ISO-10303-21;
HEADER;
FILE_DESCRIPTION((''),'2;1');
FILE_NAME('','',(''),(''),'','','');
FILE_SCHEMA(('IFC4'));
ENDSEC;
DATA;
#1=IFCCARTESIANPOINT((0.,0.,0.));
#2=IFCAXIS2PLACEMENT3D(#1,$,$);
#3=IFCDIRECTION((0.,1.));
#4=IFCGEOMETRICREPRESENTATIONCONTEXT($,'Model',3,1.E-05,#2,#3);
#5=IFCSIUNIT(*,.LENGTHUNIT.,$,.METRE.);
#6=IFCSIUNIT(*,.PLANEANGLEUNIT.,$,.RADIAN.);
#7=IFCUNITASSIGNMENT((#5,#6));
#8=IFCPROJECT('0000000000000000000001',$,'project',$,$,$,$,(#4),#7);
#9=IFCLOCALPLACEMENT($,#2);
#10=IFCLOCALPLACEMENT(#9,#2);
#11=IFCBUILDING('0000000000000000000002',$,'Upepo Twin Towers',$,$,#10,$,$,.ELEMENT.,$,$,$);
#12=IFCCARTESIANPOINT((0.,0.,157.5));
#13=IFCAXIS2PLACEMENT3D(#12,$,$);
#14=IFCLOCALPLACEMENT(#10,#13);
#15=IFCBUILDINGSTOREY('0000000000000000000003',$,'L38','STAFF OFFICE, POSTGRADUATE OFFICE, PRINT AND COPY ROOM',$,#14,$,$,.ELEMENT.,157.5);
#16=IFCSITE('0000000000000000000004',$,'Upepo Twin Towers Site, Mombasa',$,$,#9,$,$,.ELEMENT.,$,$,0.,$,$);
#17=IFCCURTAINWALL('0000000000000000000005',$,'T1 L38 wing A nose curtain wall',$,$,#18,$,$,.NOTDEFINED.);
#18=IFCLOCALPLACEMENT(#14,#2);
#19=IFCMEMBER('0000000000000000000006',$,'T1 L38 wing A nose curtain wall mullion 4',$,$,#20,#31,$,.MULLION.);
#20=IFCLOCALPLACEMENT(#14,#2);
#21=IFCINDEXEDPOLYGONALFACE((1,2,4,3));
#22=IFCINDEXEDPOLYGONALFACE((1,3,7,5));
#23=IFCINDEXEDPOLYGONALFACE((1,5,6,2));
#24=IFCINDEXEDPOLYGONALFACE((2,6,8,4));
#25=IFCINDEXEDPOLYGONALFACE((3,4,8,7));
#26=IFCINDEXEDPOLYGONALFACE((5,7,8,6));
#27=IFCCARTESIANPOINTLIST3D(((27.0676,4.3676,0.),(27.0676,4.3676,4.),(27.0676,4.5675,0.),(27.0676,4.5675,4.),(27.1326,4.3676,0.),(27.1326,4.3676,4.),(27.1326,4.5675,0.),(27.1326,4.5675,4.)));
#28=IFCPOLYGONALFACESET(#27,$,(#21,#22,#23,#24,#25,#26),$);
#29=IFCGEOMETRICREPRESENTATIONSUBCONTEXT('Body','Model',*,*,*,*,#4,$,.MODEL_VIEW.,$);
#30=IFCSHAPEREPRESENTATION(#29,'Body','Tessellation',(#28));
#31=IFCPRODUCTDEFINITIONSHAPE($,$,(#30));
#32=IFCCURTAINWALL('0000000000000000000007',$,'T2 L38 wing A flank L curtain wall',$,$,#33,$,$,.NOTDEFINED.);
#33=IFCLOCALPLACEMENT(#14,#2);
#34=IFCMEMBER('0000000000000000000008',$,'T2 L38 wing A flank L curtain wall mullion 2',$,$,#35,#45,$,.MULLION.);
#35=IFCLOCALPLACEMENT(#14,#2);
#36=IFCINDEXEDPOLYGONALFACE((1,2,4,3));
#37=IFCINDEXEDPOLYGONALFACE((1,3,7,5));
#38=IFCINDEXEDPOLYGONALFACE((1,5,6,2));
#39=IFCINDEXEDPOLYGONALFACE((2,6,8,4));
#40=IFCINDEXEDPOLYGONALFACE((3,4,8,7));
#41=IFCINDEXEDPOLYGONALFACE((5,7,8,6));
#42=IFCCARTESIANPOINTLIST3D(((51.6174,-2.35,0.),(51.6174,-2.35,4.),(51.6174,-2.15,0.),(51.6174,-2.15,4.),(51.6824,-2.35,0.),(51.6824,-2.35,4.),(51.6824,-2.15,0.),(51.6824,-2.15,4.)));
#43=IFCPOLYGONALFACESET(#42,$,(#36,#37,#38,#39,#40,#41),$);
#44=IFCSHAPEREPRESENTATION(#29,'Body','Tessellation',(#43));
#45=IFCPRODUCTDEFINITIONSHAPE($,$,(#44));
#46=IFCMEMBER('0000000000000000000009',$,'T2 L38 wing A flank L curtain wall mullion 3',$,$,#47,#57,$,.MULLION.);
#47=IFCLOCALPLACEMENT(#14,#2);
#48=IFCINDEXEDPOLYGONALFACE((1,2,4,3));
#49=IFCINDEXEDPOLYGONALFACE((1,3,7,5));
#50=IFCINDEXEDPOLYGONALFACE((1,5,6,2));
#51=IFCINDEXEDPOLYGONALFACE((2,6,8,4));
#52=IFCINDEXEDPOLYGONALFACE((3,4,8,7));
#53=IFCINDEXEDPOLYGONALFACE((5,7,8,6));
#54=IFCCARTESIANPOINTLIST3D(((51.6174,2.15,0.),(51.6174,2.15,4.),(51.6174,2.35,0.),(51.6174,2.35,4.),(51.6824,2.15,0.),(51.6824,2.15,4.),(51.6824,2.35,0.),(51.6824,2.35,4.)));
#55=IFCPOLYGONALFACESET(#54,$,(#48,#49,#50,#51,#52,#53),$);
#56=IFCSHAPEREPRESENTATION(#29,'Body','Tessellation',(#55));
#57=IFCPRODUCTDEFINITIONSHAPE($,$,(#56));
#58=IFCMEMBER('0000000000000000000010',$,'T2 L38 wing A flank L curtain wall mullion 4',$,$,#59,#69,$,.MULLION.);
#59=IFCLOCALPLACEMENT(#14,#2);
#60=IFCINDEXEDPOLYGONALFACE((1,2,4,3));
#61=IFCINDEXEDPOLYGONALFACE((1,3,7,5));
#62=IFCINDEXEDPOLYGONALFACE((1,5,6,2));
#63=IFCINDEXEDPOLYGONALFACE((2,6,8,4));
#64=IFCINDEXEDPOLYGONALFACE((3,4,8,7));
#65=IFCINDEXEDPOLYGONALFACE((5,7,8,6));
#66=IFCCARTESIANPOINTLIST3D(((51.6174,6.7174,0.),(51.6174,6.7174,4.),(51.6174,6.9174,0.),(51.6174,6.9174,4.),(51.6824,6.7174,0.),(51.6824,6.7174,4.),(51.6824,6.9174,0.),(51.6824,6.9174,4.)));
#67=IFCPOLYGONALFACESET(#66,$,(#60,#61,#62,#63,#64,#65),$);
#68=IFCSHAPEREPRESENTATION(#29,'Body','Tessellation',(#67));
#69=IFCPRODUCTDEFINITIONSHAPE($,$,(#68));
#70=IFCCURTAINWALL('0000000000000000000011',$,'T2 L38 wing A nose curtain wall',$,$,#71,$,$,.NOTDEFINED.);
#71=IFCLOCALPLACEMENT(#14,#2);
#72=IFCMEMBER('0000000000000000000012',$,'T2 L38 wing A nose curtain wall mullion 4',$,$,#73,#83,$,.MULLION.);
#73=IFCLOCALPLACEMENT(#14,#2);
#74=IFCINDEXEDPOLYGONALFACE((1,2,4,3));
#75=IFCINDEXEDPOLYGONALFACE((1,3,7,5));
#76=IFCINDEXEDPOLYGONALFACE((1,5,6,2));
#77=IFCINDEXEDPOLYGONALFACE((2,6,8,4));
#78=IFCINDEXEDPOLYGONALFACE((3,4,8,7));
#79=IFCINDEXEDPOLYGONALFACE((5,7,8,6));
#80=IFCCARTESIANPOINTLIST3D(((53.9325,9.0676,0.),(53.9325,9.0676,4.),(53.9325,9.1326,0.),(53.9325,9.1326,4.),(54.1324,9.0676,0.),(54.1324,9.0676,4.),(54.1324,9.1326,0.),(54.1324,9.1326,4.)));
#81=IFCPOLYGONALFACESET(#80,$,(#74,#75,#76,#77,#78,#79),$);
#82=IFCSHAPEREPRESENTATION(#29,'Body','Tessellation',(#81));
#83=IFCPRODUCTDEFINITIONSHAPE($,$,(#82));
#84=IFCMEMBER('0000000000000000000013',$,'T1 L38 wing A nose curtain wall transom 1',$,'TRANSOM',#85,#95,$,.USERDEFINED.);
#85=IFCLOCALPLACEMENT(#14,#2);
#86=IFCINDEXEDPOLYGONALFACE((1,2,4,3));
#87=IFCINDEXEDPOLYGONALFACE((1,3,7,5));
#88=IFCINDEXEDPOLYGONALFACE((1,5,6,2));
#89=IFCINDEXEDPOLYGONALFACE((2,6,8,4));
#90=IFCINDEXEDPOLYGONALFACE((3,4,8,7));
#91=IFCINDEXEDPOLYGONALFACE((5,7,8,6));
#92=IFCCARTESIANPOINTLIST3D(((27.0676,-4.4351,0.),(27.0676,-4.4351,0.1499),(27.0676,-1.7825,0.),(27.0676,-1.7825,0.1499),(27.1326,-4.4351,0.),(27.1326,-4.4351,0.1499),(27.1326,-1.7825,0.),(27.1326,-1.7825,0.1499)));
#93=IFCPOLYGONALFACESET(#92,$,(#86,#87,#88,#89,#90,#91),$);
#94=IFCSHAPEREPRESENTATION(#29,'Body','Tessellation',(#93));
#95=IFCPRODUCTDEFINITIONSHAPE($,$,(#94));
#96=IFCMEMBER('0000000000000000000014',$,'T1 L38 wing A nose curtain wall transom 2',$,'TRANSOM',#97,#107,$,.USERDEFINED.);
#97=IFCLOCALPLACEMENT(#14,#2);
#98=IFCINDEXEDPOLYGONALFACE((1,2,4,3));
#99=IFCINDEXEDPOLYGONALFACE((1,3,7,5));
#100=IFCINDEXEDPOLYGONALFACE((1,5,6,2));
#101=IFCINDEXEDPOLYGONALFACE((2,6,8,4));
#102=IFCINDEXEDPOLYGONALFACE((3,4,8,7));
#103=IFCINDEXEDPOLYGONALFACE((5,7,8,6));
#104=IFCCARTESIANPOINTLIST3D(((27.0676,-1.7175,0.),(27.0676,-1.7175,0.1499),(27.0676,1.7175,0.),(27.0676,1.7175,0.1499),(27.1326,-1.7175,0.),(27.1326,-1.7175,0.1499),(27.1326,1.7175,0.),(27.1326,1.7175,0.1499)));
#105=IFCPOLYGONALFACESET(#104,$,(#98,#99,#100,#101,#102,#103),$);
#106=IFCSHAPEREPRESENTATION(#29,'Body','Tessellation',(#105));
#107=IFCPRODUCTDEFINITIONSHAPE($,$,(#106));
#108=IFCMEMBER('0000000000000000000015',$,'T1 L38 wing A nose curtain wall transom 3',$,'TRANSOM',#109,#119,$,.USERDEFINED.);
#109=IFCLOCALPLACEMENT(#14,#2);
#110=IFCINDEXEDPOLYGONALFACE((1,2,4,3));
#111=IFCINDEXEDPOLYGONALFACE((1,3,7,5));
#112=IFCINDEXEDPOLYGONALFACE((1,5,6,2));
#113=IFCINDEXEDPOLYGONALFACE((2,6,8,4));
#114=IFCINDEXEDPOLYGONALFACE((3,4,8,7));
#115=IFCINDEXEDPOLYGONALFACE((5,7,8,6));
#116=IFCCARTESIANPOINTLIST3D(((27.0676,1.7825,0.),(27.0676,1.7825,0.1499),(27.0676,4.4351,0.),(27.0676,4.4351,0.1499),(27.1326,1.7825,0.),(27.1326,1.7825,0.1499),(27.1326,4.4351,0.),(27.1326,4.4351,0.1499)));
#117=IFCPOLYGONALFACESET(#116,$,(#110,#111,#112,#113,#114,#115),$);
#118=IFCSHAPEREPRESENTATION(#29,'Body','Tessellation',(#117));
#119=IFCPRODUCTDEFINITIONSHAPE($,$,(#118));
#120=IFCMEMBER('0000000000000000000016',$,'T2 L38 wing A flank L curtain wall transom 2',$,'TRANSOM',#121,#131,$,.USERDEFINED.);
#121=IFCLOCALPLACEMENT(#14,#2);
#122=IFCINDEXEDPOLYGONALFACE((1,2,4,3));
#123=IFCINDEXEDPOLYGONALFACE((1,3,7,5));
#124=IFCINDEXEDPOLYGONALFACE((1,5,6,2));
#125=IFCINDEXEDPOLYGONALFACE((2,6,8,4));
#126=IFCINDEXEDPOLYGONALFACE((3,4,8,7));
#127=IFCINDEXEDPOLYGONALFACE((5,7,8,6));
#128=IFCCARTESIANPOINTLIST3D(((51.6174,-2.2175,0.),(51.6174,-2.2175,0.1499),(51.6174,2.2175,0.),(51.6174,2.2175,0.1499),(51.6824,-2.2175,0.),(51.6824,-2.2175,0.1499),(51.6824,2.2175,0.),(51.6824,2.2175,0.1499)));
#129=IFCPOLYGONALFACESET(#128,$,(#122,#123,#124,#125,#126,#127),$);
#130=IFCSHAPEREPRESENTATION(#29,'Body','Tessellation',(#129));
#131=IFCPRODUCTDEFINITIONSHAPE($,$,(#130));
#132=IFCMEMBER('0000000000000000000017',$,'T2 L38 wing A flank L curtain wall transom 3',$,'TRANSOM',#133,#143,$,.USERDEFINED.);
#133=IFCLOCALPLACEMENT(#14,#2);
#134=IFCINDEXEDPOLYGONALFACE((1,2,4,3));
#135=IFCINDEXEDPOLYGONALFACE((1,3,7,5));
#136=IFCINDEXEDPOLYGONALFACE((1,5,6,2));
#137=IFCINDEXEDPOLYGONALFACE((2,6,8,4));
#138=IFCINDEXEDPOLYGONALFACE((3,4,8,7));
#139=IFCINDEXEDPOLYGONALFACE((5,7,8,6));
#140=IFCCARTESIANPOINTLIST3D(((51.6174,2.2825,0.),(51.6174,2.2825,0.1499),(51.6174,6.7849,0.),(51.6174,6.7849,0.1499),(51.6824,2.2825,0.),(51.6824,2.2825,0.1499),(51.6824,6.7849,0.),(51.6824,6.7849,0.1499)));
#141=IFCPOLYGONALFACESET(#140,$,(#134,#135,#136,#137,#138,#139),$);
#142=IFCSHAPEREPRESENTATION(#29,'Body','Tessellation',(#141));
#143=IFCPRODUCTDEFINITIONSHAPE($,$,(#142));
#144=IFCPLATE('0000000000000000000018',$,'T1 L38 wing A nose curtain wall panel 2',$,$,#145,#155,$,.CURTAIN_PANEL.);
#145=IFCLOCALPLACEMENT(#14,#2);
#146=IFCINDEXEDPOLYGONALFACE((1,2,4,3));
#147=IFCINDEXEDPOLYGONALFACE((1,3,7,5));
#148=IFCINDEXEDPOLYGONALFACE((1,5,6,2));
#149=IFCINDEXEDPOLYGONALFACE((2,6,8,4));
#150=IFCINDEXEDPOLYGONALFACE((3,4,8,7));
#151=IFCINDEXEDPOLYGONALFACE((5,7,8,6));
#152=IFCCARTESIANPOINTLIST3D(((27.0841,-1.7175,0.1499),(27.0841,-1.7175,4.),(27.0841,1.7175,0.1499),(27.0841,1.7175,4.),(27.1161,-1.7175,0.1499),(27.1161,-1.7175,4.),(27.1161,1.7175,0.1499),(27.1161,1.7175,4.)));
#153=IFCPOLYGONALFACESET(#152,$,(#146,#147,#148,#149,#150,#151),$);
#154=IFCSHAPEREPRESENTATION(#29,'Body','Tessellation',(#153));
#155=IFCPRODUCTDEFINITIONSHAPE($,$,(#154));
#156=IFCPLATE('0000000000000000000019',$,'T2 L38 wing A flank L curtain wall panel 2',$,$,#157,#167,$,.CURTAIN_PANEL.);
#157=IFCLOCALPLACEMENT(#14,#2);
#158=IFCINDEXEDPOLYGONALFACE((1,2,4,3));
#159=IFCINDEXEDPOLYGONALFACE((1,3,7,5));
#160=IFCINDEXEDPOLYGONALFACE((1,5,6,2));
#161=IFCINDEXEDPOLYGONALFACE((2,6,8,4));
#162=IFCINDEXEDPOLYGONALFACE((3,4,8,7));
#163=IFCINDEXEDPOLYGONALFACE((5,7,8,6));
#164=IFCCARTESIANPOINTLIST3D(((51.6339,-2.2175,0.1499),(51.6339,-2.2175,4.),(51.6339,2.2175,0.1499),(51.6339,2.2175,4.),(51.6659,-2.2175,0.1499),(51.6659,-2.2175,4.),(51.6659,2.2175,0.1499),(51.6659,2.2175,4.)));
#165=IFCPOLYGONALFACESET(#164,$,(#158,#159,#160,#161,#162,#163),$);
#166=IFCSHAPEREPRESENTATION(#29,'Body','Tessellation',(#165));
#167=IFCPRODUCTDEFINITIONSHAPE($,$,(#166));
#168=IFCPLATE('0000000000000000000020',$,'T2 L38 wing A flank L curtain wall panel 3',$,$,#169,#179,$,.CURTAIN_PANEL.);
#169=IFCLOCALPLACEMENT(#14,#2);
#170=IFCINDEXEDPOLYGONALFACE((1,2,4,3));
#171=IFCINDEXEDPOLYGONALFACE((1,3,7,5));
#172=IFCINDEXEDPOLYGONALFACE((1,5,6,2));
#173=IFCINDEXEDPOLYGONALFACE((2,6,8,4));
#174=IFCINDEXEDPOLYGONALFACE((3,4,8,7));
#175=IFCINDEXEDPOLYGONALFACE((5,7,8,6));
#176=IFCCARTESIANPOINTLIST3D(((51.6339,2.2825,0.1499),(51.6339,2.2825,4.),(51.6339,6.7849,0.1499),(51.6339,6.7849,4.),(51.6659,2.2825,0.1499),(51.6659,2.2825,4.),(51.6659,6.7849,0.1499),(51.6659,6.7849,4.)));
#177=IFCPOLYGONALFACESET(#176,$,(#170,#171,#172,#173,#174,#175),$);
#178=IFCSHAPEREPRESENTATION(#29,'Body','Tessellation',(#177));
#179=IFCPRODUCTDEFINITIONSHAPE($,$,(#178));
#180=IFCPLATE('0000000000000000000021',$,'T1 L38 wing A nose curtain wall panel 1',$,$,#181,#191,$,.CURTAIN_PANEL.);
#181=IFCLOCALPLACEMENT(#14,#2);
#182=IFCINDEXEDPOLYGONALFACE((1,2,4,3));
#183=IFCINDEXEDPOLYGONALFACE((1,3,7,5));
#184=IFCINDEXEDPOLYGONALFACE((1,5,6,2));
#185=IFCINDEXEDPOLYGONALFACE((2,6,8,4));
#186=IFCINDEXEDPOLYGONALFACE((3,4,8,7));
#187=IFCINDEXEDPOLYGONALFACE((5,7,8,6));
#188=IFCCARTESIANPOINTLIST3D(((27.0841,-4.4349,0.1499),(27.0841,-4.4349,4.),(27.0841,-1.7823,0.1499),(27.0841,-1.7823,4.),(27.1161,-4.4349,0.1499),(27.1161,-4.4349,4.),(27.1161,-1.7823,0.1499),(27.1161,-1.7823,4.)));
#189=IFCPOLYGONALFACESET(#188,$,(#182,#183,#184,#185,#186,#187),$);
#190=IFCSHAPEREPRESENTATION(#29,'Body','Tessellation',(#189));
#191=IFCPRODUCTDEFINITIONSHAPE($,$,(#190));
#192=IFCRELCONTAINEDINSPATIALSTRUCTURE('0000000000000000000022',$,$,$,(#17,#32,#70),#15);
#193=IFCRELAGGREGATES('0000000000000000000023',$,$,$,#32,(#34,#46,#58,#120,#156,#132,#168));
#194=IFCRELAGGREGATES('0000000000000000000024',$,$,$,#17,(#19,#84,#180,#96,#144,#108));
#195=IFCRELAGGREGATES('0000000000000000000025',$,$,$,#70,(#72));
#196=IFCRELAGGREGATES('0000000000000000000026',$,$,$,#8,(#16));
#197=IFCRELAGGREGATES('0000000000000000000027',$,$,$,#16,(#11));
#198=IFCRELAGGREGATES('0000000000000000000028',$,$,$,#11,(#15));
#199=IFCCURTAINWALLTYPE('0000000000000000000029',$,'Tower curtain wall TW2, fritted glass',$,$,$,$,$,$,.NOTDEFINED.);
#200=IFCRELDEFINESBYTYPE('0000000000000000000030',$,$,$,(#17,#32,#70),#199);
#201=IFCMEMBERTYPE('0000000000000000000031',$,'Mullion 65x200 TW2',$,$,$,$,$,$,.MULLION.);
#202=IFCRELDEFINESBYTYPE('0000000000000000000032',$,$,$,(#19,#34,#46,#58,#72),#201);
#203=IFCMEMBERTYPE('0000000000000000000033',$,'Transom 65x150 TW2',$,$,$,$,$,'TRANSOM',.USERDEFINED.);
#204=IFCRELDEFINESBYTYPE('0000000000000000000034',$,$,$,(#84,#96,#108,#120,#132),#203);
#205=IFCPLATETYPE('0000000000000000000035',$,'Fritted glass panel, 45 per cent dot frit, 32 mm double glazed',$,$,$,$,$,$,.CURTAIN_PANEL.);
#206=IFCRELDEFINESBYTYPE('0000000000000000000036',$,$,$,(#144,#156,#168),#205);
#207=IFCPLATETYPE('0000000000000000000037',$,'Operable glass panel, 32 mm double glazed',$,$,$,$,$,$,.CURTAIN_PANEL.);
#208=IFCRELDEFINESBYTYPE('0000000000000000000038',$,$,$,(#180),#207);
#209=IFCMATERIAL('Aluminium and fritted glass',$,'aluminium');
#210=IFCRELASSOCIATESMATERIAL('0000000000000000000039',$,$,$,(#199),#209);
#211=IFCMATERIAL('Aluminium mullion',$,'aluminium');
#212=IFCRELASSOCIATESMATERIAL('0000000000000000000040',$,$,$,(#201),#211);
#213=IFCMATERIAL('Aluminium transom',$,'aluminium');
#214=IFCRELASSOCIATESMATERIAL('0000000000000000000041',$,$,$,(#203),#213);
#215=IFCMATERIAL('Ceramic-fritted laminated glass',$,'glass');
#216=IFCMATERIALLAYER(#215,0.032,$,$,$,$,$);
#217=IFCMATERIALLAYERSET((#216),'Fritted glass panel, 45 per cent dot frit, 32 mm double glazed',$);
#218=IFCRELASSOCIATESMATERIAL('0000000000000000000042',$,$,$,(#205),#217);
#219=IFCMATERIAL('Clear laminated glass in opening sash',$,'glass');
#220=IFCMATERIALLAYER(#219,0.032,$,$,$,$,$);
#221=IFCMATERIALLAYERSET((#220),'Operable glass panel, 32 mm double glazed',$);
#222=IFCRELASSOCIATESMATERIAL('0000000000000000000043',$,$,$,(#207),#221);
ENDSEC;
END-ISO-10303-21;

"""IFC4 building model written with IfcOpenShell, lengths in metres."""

from ifc_helpers import new_model, si_unit, direction, frame, origin, origin_2d, place, context, subcontext, project, spatial, rectangle, extrude, material, layer, layer_set, material_profile, profile_set, type_object, element, aggregate, save


model = new_model("IFC4")

# Units and contexts
model_context = context("Model", 3, precision=1e-05, world=origin(), true_north=direction((0.0, 1.0)))
body_context = subcontext(model_context, "Body", "Model", "MODEL_VIEW")
ifc_project = project(units=[si_unit("LENGTHUNIT", "METRE"), si_unit("PLANEANGLEUNIT", "RADIAN")], contexts=[model_context])

# Site, building, storey
site_placement = place(None, origin())
site = spatial("IfcSite", under=ifc_project, at=site_placement, Name="Upepo Twin Towers Site, Mombasa", CompositionType="ELEMENT", RefElevation=0.0)
building_placement = place(site_placement, origin())
building = spatial("IfcBuilding", under=site, at=building_placement, Name="Upepo Twin Towers", CompositionType="ELEMENT")
storey_placement = place(building_placement, frame((0.0, 0.0, 157.5)))
storey = spatial("IfcBuildingStorey", under=building, at=storey_placement, Name="L38", Description="STAFF OFFICE, POSTGRADUATE OFFICE, PRINT AND COPY ROOM", CompositionType="ELEMENT", Elevation=157.5)

# Curtain wall, member
ifc_material_1 = material(Name="Aluminium and fritted glass", Category="aluminium")
curtain_wall_type = type_object("IfcCurtainWallType", Name="Tower curtain wall TW2, fritted glass", PredefinedType="NOTDEFINED", material=ifc_material_1)
curtain_wall_1_placement = place(storey_placement, origin())
curtain_wall_1 = element("IfcCurtainWall", 1, at=curtain_wall_1_placement, inside=storey, type_object=curtain_wall_type, Name="T1 L38 wing A nose curtain wall", PredefinedType="NOTDEFINED")
ifc_material_2 = material(Name="Aluminium mullion", Category="aluminium")
ifc_material_profile_1 = material_profile(ifc_material_2, rectangle(XDim=0.0649, YDim=0.2, at=origin_2d()), Name="MULLION 65x200")
ifc_profile_set_1 = profile_set([ifc_material_profile_1], Name="Aluminium mullion")
member_type_1 = type_object("IfcMemberType", Name="Mullion 65x200 TW2", PredefinedType="MULLION", material=ifc_profile_set_1)
member_1_placement = place(storey_placement, frame((27.1001, 4.4675, 0.0), z_axis=(0.0, 0.0, 1.0), x_axis=(-1.0, 0.0, 0.0)))
member_1 = element("IfcMember", 2, at=member_1_placement, type_object=member_type_1, Name="T1 L38 wing A nose curtain wall mullion 4", PredefinedType="MULLION", context=body_context, shape_type="SweptSolid", body=[
    extrude(rectangle(XDim=0.0649, YDim=0.2, at=origin_2d()), origin(), (0.0, 0.0, 1.0), 4.0),
])

# Curtain wall, members
curtain_wall_2_placement = place(storey_placement, origin())
curtain_wall_2 = element("IfcCurtainWall", 3, at=curtain_wall_2_placement, inside=storey, type_object=curtain_wall_type, Name="T2 L38 wing A flank L curtain wall", PredefinedType="NOTDEFINED")
member_2_placement = place(storey_placement, frame((51.6499, -2.25, 0.0), z_axis=(0.0, 0.0, 1.0), x_axis=(-1.0, 0.0, 0.0)))
member_2 = element("IfcMember", 4, at=member_2_placement, type_object=member_type_1, Name="T2 L38 wing A flank L curtain wall mullion 2", PredefinedType="MULLION", context=body_context, shape_type="SweptSolid", body=[
    extrude(rectangle(XDim=0.0649, YDim=0.2, at=origin_2d()), origin(), (0.0, 0.0, 1.0), 4.0),
])
member_3_placement = place(storey_placement, frame((51.6499, 2.25, 0.0), z_axis=(0.0, 0.0, 1.0), x_axis=(-1.0, 0.0, 0.0)))
member_3 = element("IfcMember", 5, at=member_3_placement, type_object=member_type_1, Name="T2 L38 wing A flank L curtain wall mullion 3", PredefinedType="MULLION", context=body_context, shape_type="SweptSolid", body=[
    extrude(rectangle(XDim=0.0649, YDim=0.2, at=origin_2d()), origin(), (0.0, 0.0, 1.0), 4.0),
])
member_4_placement = place(storey_placement, frame((51.6499, 6.8174, 0.0), z_axis=(0.0, 0.0, 1.0), x_axis=(-1.0, 0.0, 0.0)))
member_4 = element("IfcMember", 6, at=member_4_placement, type_object=member_type_1, Name="T2 L38 wing A flank L curtain wall mullion 4", PredefinedType="MULLION", context=body_context, shape_type="SweptSolid", body=[
    extrude(rectangle(XDim=0.0649, YDim=0.2, at=origin_2d()), origin(), (0.0, 0.0, 1.0), 4.0),
])

# Curtain wall, member
curtain_wall_3_placement = place(storey_placement, origin())
curtain_wall_3 = element("IfcCurtainWall", 7, at=curtain_wall_3_placement, inside=storey, type_object=curtain_wall_type, Name="T2 L38 wing A nose curtain wall", PredefinedType="NOTDEFINED")
member_5_placement = place(storey_placement, frame((54.0325, 9.1001, 0.0), z_axis=(0.0, 0.0, 1.0), x_axis=(0.0, -1.0, 0.0)))
member_5 = element("IfcMember", 8, at=member_5_placement, type_object=member_type_1, Name="T2 L38 wing A nose curtain wall mullion 4", PredefinedType="MULLION", context=body_context, shape_type="SweptSolid", body=[
    extrude(rectangle(XDim=0.0649, YDim=0.2, at=origin_2d()), origin(), (0.0, 0.0, 1.0), 4.0),
])

# Members
ifc_material_3 = material(Name="Aluminium transom", Category="aluminium")
ifc_material_profile_2 = material_profile(ifc_material_3, rectangle(XDim=0.0649, YDim=0.1499, at=origin_2d()), Name="TRANSOM 65x150")
ifc_profile_set_2 = profile_set([ifc_material_profile_2], Name="Aluminium transom")
member_type_2 = type_object("IfcMemberType", Name="Transom 65x150 TW2", ElementType="TRANSOM", PredefinedType="USERDEFINED", material=ifc_profile_set_2)
member_6_placement = place(storey_placement, frame((27.1001, -4.4351, 0.075), z_axis=(0.0, 1.0, 0.0), x_axis=(-1.0, 0.0, 0.0)))
member_6 = element("IfcMember", 9, at=member_6_placement, type_object=member_type_2, Name="T1 L38 wing A nose curtain wall transom 1", ObjectType="TRANSOM", PredefinedType="USERDEFINED", context=body_context, shape_type="SweptSolid", body=[
    extrude(rectangle(XDim=0.0649, YDim=0.1499, at=origin_2d()), origin(), (0.0, 0.0, 1.0), 2.6526),
])
member_7_placement = place(storey_placement, frame((27.1001, -1.7175, 0.075), z_axis=(0.0, 1.0, 0.0), x_axis=(-1.0, 0.0, 0.0)))
member_7 = element("IfcMember", 10, at=member_7_placement, type_object=member_type_2, Name="T1 L38 wing A nose curtain wall transom 2", ObjectType="TRANSOM", PredefinedType="USERDEFINED", context=body_context, shape_type="SweptSolid", body=[
    extrude(rectangle(XDim=0.0649, YDim=0.1499, at=origin_2d()), origin(), (0.0, 0.0, 1.0), 3.4351),
])
member_8_placement = place(storey_placement, frame((27.1001, 1.7825, 0.075), z_axis=(0.0, 1.0, 0.0), x_axis=(-1.0, 0.0, 0.0)))
member_8 = element("IfcMember", 11, at=member_8_placement, type_object=member_type_2, Name="T1 L38 wing A nose curtain wall transom 3", ObjectType="TRANSOM", PredefinedType="USERDEFINED", context=body_context, shape_type="SweptSolid", body=[
    extrude(rectangle(XDim=0.0649, YDim=0.1499, at=origin_2d()), origin(), (0.0, 0.0, 1.0), 2.6526),
])
member_9_placement = place(storey_placement, frame((51.6499, -2.2175, 0.075), z_axis=(0.0, 1.0, 0.0), x_axis=(-1.0, 0.0, 0.0)))
member_9 = element("IfcMember", 12, at=member_9_placement, type_object=member_type_2, Name="T2 L38 wing A flank L curtain wall transom 2", ObjectType="TRANSOM", PredefinedType="USERDEFINED", context=body_context, shape_type="SweptSolid", body=[
    extrude(rectangle(XDim=0.0649, YDim=0.1499, at=origin_2d()), origin(), (0.0, 0.0, 1.0), 4.4351),
])
member_10_placement = place(storey_placement, frame((51.6499, 2.2825, 0.075), z_axis=(0.0, 1.0, 0.0), x_axis=(-1.0, 0.0, 0.0)))
member_10 = element("IfcMember", 13, at=member_10_placement, type_object=member_type_2, Name="T2 L38 wing A flank L curtain wall transom 3", ObjectType="TRANSOM", PredefinedType="USERDEFINED", context=body_context, shape_type="SweptSolid", body=[
    extrude(rectangle(XDim=0.0649, YDim=0.1499, at=origin_2d()), origin(), (0.0, 0.0, 1.0), 4.5024),
])

# Plates
ifc_material_4 = material(Name="Ceramic-fritted laminated glass", Category="glass")
ifc_layer_1 = layer(ifc_material_4, 0.032)
ifc_layer_set_1 = layer_set([ifc_layer_1], Name="Fritted glass panel, 45 per cent dot frit, 32 mm double glazed")
plate_type_1 = type_object("IfcPlateType", Name="Fritted glass panel, 45 per cent dot frit, 32 mm double glazed", PredefinedType="CURTAIN_PANEL", material=ifc_layer_set_1)
plate_1_placement = place(storey_placement, frame((27.1001, 0.0, 0.1499), z_axis=(0.0, 0.0, 1.0), x_axis=(0.0, 1.0, 0.0)))
plate_1 = element("IfcPlate", 14, at=plate_1_placement, type_object=plate_type_1, Name="T1 L38 wing A nose curtain wall panel 2", PredefinedType="CURTAIN_PANEL", context=body_context, shape_type="SweptSolid", body=[
    extrude(rectangle(XDim=3.4351, YDim=0.032, at=origin_2d()), origin(), (0.0, 0.0, 1.0), 3.8501),
])
plate_2_placement = place(storey_placement, frame((51.6499, 0.0, 0.1499), z_axis=(0.0, 0.0, 1.0), x_axis=(0.0, 1.0, 0.0)))
plate_2 = element("IfcPlate", 15, at=plate_2_placement, type_object=plate_type_1, Name="T2 L38 wing A flank L curtain wall panel 2", PredefinedType="CURTAIN_PANEL", context=body_context, shape_type="SweptSolid", body=[
    extrude(rectangle(XDim=4.4351, YDim=0.032, at=origin_2d()), origin(), (0.0, 0.0, 1.0), 3.8501),
])
plate_3_placement = place(storey_placement, frame((51.6499, 4.5337, 0.1499), z_axis=(0.0, 0.0, 1.0), x_axis=(0.0, 1.0, 0.0)))
plate_3 = element("IfcPlate", 16, at=plate_3_placement, type_object=plate_type_1, Name="T2 L38 wing A flank L curtain wall panel 3", PredefinedType="CURTAIN_PANEL", context=body_context, shape_type="SweptSolid", body=[
    extrude(rectangle(XDim=4.5024, YDim=0.032, at=origin_2d()), origin(), (0.0, 0.0, 1.0), 3.8501),
])
aggregate(curtain_wall_2, [member_2, member_3, member_4, member_9, plate_2, member_10, plate_3])
ifc_material_5 = material(Name="Clear laminated glass in opening sash", Category="glass")
ifc_layer_2 = layer(ifc_material_5, 0.032)
ifc_layer_set_2 = layer_set([ifc_layer_2], Name="Operable glass panel, 32 mm double glazed")
plate_type_2 = type_object("IfcPlateType", Name="Operable glass panel, 32 mm double glazed", PredefinedType="CURTAIN_PANEL", material=ifc_layer_set_2)
plate_4_placement = place(storey_placement, frame((27.1001, -3.1086, 0.1499), z_axis=(0.0, 0.0, 1.0), x_axis=(0.0, 1.0, 0.0)))
plate_4 = element("IfcPlate", 17, at=plate_4_placement, type_object=plate_type_2, Name="T1 L38 wing A nose curtain wall panel 1", PredefinedType="CURTAIN_PANEL", context=body_context, shape_type="SweptSolid", body=[
    extrude(rectangle(XDim=2.6526, YDim=0.032, at=origin_2d()), origin(), (0.0, 0.0, 1.0), 3.8501),
])
aggregate(curtain_wall_1, [member_1, member_6, plate_4, member_7, plate_1, member_8])
aggregate(curtain_wall_3, [member_5])

save(model, "model.ifc")
